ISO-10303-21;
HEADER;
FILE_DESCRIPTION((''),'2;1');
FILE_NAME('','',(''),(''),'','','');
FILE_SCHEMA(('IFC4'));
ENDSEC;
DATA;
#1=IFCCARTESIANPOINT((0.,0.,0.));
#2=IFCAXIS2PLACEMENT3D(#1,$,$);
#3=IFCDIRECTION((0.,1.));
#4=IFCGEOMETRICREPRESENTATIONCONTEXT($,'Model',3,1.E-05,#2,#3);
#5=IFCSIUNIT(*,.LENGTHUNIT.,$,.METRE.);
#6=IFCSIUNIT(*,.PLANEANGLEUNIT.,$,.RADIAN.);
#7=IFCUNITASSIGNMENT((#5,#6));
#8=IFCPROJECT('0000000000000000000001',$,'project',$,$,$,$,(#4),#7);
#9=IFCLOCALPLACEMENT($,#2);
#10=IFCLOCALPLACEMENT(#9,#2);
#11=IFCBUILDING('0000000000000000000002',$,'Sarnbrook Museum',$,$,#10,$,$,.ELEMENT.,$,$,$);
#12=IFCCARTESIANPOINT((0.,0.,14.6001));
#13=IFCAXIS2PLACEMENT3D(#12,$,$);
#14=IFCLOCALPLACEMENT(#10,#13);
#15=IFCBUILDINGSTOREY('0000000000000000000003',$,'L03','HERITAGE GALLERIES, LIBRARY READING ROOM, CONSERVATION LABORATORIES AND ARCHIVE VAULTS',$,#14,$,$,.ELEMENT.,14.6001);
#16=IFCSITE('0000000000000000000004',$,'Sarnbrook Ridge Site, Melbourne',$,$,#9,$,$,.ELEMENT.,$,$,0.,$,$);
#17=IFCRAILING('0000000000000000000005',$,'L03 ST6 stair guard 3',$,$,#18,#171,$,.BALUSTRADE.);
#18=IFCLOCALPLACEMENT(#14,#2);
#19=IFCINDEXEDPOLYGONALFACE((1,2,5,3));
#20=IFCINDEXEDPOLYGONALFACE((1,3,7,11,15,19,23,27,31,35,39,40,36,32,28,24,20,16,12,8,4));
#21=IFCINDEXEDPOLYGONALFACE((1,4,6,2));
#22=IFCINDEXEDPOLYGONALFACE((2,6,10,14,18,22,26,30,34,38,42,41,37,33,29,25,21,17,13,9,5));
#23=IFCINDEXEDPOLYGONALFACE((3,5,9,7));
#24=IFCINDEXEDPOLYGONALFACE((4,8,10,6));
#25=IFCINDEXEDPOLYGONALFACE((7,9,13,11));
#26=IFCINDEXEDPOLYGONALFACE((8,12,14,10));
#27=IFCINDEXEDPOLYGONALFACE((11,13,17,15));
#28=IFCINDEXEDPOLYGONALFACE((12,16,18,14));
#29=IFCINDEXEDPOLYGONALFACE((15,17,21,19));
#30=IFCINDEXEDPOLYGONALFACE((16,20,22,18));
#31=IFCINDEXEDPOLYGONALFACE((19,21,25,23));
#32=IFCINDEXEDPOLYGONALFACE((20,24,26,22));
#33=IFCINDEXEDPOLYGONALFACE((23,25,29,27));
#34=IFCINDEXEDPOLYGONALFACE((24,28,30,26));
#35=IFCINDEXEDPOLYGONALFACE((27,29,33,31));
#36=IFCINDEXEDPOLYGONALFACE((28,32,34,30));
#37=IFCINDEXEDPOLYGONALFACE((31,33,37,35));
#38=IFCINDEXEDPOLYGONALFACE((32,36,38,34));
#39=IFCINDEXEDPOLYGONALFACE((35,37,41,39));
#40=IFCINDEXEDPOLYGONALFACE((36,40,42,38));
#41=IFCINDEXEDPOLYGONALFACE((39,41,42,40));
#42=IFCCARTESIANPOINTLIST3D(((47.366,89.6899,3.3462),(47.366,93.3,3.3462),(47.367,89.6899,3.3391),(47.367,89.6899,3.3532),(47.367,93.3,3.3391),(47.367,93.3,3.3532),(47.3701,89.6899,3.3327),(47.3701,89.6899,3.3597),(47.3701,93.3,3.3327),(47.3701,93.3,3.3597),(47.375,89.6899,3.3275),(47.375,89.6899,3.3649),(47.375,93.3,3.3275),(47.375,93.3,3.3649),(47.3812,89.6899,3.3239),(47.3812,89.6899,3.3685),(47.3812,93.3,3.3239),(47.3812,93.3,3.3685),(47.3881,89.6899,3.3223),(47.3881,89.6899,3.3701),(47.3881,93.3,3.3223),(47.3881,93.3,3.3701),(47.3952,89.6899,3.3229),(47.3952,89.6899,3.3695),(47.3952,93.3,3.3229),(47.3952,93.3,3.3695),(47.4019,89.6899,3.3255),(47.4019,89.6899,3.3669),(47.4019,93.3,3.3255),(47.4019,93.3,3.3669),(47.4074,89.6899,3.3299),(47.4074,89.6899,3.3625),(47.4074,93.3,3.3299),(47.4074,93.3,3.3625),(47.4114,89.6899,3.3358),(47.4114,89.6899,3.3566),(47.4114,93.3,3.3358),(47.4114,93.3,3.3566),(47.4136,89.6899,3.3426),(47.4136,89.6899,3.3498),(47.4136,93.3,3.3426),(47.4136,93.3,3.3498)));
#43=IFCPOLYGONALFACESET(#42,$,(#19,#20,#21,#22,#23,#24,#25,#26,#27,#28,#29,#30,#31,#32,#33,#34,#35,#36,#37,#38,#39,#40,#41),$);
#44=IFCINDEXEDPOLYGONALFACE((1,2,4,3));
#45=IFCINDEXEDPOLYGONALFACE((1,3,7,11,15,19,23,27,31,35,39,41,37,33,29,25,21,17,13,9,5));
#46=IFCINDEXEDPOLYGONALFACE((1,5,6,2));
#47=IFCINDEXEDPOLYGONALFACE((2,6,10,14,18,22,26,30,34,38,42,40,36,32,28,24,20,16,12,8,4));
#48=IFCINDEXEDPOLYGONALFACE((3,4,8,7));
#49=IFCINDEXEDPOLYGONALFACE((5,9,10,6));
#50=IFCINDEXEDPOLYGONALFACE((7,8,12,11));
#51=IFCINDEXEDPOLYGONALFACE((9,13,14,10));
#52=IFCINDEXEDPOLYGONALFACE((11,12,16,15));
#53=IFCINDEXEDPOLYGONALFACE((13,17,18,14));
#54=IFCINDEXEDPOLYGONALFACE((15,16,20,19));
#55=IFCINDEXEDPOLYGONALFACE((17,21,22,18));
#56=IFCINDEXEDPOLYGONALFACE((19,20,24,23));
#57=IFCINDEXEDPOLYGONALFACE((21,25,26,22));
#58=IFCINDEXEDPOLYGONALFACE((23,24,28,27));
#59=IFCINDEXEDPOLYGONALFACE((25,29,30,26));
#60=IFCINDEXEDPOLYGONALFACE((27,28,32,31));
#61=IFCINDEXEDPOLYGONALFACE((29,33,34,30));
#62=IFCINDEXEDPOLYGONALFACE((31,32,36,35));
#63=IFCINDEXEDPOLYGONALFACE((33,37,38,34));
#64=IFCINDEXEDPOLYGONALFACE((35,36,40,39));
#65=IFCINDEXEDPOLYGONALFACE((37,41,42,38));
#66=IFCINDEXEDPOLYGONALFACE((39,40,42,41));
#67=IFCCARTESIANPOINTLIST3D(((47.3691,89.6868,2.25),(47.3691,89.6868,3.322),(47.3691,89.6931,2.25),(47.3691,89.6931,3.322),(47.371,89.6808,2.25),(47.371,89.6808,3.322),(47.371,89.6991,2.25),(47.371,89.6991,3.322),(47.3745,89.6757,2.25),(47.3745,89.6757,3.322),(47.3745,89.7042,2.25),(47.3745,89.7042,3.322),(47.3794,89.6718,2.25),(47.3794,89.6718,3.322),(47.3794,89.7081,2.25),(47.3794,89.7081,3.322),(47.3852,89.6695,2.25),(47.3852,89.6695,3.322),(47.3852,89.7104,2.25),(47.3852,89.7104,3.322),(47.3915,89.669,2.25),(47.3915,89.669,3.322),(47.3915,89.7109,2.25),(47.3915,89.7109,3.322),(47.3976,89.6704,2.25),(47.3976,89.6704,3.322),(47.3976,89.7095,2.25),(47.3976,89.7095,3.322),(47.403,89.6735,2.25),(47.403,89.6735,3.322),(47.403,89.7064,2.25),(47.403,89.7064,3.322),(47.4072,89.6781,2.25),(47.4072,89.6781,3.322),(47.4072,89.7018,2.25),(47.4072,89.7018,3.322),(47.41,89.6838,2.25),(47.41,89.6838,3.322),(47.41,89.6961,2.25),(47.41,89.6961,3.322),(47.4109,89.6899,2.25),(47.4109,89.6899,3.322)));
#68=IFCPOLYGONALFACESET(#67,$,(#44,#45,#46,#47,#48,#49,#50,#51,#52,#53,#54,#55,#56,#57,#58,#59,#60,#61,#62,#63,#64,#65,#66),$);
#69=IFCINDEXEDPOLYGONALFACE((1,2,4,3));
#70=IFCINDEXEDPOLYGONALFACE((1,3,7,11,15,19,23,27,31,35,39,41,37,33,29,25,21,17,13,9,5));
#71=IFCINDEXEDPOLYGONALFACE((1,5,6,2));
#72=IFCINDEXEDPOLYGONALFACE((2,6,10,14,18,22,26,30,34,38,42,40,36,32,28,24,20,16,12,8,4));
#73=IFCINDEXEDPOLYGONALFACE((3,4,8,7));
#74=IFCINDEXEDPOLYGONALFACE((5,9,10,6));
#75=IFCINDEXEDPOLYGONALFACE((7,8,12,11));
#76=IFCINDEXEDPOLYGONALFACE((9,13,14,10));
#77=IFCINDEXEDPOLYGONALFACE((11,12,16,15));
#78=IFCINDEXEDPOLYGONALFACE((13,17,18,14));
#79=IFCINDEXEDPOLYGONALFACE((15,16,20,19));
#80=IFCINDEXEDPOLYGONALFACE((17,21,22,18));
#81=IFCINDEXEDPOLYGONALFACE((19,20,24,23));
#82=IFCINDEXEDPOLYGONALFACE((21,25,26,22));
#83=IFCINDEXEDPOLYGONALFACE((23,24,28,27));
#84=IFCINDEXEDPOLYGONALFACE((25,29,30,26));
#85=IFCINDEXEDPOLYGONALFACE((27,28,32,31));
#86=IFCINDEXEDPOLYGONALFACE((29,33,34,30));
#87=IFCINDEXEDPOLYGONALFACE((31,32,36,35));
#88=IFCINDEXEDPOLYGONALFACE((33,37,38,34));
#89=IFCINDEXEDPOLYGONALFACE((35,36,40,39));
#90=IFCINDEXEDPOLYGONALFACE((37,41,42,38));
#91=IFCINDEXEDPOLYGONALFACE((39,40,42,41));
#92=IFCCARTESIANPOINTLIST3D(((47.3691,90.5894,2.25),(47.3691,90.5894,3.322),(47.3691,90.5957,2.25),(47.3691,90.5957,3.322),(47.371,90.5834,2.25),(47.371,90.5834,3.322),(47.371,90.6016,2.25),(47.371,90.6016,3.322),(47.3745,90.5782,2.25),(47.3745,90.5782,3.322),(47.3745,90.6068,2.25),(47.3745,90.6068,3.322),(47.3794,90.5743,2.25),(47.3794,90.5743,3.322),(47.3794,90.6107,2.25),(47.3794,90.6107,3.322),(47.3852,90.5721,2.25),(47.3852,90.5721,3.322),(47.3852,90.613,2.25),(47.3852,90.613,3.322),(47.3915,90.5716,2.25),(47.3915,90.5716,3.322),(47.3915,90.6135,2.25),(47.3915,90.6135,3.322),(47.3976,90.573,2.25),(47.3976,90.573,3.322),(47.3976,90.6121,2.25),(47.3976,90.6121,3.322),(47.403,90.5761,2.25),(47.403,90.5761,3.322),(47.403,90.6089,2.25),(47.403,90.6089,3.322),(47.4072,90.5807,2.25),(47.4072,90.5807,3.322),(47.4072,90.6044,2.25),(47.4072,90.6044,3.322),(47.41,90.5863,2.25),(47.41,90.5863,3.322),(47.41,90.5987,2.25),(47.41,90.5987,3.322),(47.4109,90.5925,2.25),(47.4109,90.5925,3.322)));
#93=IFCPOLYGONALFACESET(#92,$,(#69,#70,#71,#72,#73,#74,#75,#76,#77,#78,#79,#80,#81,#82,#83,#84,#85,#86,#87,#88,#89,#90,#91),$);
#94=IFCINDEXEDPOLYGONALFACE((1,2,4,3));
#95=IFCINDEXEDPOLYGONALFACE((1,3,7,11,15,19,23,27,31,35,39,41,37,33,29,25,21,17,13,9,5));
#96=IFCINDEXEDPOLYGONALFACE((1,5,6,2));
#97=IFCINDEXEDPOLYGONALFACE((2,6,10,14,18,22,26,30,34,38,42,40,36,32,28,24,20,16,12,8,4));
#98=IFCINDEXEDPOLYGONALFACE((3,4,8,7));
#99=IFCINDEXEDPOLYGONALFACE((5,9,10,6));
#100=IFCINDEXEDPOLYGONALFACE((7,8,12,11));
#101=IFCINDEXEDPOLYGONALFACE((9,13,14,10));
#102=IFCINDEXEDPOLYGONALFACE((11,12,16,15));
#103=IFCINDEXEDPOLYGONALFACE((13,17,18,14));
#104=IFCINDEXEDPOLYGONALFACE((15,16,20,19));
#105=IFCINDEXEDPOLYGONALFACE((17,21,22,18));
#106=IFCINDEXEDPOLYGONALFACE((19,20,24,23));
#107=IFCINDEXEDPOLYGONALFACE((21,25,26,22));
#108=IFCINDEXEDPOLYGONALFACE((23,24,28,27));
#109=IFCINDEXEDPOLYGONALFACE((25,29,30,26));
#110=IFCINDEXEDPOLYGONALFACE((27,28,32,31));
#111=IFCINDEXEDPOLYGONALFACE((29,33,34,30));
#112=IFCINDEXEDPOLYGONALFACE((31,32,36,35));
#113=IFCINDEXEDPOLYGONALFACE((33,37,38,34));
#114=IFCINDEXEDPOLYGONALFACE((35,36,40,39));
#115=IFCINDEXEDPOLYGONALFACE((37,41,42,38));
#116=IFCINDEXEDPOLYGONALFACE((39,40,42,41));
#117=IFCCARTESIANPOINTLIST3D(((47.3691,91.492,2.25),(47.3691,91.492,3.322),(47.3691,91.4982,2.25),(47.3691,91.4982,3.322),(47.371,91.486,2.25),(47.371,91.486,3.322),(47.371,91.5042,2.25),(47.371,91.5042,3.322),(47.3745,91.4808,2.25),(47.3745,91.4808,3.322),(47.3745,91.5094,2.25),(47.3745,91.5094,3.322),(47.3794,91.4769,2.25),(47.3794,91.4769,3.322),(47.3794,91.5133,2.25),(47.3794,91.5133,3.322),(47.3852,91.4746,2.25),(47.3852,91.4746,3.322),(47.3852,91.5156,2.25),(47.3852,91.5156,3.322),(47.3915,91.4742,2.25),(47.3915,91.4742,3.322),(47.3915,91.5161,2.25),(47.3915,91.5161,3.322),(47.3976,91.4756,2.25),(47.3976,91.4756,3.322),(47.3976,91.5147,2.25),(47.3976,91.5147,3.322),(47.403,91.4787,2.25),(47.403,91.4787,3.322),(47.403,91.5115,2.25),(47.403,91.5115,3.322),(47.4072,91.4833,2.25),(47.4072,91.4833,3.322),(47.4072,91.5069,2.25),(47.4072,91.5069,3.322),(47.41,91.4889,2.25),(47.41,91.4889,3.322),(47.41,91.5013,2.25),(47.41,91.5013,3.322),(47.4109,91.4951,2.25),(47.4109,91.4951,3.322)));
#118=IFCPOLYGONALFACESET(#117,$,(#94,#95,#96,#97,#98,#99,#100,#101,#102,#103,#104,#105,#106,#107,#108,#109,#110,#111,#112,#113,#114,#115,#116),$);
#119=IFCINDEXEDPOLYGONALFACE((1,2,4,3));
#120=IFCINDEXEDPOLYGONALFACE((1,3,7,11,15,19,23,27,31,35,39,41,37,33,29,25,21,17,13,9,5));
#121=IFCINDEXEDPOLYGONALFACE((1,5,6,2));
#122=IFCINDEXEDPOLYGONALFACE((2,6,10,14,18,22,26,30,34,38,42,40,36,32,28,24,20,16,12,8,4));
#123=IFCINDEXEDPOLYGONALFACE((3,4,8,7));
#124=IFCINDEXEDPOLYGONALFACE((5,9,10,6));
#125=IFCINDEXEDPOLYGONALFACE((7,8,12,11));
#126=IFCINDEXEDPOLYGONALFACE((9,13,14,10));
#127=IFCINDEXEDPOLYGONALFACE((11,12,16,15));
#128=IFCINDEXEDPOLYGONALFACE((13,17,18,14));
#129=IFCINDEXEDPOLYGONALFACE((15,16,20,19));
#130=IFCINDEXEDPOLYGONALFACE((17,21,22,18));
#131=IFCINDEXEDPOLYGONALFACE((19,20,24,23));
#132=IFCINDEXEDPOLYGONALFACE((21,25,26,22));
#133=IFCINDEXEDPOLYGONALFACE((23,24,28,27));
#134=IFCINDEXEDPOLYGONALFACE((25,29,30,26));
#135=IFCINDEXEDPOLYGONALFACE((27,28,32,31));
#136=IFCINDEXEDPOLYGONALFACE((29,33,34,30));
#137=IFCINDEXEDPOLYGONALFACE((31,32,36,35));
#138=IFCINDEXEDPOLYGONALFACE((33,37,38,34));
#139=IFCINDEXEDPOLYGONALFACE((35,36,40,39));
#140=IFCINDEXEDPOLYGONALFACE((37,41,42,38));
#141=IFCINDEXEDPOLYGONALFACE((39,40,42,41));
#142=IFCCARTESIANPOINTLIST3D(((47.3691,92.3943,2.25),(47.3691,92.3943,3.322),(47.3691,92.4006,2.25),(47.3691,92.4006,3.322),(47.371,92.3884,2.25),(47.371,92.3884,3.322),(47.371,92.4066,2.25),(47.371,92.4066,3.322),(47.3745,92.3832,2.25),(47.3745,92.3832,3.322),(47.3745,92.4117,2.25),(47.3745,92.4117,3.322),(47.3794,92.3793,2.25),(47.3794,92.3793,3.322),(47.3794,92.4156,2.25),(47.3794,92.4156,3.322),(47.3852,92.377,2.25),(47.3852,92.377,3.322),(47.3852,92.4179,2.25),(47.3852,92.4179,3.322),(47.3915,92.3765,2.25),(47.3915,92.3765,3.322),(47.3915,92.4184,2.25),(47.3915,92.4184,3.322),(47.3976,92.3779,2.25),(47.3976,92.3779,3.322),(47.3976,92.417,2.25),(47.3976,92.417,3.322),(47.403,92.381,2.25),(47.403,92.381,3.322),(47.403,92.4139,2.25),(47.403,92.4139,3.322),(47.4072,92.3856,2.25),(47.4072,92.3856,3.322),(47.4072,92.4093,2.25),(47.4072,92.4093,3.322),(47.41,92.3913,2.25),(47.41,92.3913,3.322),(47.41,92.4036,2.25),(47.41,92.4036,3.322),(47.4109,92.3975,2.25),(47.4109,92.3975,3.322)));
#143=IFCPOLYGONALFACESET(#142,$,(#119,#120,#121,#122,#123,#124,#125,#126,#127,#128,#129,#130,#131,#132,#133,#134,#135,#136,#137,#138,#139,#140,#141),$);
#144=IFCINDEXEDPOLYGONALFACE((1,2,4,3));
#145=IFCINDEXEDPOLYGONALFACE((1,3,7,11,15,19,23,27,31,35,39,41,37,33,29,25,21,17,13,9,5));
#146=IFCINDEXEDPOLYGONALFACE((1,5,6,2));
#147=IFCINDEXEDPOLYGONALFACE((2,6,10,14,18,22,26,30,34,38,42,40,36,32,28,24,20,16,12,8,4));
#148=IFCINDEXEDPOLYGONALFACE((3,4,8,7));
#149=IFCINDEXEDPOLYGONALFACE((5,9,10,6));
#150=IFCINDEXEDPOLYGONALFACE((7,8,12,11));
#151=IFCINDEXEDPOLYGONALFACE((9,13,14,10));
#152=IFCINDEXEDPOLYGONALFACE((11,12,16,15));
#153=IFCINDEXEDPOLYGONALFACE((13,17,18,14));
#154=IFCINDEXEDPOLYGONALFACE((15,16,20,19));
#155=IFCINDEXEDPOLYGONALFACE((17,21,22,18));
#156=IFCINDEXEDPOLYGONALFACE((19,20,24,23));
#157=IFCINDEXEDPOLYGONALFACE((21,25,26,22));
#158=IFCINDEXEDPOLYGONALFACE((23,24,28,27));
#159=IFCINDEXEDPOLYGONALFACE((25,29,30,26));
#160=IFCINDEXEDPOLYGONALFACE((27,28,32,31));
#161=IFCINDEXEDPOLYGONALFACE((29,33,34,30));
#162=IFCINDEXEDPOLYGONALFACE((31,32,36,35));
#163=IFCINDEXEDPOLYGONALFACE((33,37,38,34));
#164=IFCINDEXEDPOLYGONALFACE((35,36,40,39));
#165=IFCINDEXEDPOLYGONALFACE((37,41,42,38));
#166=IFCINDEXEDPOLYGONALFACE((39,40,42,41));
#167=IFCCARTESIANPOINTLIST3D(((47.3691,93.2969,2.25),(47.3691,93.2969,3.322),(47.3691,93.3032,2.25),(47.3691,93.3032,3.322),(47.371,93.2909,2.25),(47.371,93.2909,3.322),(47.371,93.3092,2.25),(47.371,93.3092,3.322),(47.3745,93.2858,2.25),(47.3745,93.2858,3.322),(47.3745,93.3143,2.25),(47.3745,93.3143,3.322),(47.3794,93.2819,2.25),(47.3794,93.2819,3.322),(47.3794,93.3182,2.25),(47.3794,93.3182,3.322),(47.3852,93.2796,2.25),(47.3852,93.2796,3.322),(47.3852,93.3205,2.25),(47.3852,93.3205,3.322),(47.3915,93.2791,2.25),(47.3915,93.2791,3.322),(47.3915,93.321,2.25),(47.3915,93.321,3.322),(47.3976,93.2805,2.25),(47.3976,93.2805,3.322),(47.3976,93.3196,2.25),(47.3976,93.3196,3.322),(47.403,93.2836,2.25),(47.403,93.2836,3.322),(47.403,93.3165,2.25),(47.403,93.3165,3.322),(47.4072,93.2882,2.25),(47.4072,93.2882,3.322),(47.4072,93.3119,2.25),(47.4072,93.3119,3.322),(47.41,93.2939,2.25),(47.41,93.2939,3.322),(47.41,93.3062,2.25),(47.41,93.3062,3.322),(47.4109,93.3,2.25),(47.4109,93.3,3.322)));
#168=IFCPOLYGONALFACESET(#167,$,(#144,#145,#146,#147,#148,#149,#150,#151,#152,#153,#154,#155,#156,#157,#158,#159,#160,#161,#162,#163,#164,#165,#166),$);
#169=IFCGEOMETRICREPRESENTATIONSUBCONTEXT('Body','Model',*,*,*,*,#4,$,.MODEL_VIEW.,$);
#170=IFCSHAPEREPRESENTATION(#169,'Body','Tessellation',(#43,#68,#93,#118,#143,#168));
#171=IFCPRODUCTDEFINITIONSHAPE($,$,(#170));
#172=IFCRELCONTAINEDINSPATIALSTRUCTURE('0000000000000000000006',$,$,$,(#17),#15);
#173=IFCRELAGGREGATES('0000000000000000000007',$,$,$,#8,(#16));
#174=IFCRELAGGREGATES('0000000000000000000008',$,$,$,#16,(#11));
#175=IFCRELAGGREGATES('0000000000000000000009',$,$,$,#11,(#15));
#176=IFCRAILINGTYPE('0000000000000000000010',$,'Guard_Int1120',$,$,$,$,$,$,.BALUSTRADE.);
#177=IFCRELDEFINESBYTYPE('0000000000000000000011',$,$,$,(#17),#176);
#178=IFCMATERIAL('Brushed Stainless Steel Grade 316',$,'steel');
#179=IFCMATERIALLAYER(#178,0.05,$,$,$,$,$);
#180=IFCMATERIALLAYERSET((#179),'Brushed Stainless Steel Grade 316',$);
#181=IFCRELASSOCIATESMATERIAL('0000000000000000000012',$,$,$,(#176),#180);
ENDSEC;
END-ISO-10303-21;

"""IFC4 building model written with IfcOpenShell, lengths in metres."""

from ifc_helpers import new_model, si_unit, direction, frame, origin, origin_2d, place, context, subcontext, project, spatial, circle, extrude, material, layer, layer_set, type_object, element, save


model = new_model("IFC4")

# Units and contexts
model_context = context("Model", 3, precision=1e-05, world=origin(), true_north=direction((0.0, 1.0)))
body_context = subcontext(model_context, "Body", "Model", "MODEL_VIEW")
ifc_project = project(units=[si_unit("LENGTHUNIT", "METRE"), si_unit("PLANEANGLEUNIT", "RADIAN")], contexts=[model_context])

# Site, building, storey
site_placement = place(None, origin())
site = spatial("IfcSite", under=ifc_project, at=site_placement, Name="Sarnbrook Ridge Site, Melbourne", CompositionType="ELEMENT", RefElevation=0.0)
building_placement = place(site_placement, origin())
building = spatial("IfcBuilding", under=site, at=building_placement, Name="Sarnbrook Museum", CompositionType="ELEMENT")
storey_placement = place(building_placement, frame((0.0, 0.0, 14.6001)))
storey = spatial("IfcBuildingStorey", under=building, at=storey_placement, Name="L03", Description="HERITAGE GALLERIES, LIBRARY READING ROOM, CONSERVATION LABORATORIES AND ARCHIVE VAULTS", CompositionType="ELEMENT", Elevation=14.6001)

# Railing
ifc_material_1 = material(Name="Brushed Stainless Steel Grade 316", Category="steel")
ifc_layer_1 = layer(ifc_material_1, 0.05)
ifc_layer_set_1 = layer_set([ifc_layer_1], Name="Brushed Stainless Steel Grade 316")
railing_type = type_object("IfcRailingType", Name="Guard_Int1120", PredefinedType="BALUSTRADE", material=ifc_layer_set_1)
railing_1_placement = place(storey_placement, frame((47.3899, 89.6899, 2.25)))
element("IfcRailing", 1, at=railing_1_placement, inside=storey, type_object=railing_type, Name="L03 ST6 stair guard 3", PredefinedType="BALUSTRADE", context=body_context, shape_type="SweptSolid", body=[
    extrude(circle(Radius=0.0239, at=origin_2d()), frame((0.0, 0.0, 1.0962), z_axis=(0.0, 1.0, 0.0), x_axis=(-1.0, 0.0, 0.0)), (0.0, 0.0, 1.0), 3.6101),
    extrude(circle(Radius=0.021, at=origin_2d()), origin(), (0.0, 0.0, 1.0), 1.072),
    extrude(circle(Radius=0.021, at=origin_2d()), frame((0.0, 0.9026, 0.0)), (0.0, 0.0, 1.0), 1.072),
    extrude(circle(Radius=0.021, at=origin_2d()), frame((0.0, 1.8052, 0.0)), (0.0, 0.0, 1.0), 1.072),
    extrude(circle(Radius=0.021, at=origin_2d()), frame((0.0, 2.7075, 0.0)), (0.0, 0.0, 1.0), 1.072),
    extrude(circle(Radius=0.021, at=origin_2d()), frame((0.0, 3.6101, 0.0)), (0.0, 0.0, 1.0), 1.072),
])

save(model, "model.ifc")
